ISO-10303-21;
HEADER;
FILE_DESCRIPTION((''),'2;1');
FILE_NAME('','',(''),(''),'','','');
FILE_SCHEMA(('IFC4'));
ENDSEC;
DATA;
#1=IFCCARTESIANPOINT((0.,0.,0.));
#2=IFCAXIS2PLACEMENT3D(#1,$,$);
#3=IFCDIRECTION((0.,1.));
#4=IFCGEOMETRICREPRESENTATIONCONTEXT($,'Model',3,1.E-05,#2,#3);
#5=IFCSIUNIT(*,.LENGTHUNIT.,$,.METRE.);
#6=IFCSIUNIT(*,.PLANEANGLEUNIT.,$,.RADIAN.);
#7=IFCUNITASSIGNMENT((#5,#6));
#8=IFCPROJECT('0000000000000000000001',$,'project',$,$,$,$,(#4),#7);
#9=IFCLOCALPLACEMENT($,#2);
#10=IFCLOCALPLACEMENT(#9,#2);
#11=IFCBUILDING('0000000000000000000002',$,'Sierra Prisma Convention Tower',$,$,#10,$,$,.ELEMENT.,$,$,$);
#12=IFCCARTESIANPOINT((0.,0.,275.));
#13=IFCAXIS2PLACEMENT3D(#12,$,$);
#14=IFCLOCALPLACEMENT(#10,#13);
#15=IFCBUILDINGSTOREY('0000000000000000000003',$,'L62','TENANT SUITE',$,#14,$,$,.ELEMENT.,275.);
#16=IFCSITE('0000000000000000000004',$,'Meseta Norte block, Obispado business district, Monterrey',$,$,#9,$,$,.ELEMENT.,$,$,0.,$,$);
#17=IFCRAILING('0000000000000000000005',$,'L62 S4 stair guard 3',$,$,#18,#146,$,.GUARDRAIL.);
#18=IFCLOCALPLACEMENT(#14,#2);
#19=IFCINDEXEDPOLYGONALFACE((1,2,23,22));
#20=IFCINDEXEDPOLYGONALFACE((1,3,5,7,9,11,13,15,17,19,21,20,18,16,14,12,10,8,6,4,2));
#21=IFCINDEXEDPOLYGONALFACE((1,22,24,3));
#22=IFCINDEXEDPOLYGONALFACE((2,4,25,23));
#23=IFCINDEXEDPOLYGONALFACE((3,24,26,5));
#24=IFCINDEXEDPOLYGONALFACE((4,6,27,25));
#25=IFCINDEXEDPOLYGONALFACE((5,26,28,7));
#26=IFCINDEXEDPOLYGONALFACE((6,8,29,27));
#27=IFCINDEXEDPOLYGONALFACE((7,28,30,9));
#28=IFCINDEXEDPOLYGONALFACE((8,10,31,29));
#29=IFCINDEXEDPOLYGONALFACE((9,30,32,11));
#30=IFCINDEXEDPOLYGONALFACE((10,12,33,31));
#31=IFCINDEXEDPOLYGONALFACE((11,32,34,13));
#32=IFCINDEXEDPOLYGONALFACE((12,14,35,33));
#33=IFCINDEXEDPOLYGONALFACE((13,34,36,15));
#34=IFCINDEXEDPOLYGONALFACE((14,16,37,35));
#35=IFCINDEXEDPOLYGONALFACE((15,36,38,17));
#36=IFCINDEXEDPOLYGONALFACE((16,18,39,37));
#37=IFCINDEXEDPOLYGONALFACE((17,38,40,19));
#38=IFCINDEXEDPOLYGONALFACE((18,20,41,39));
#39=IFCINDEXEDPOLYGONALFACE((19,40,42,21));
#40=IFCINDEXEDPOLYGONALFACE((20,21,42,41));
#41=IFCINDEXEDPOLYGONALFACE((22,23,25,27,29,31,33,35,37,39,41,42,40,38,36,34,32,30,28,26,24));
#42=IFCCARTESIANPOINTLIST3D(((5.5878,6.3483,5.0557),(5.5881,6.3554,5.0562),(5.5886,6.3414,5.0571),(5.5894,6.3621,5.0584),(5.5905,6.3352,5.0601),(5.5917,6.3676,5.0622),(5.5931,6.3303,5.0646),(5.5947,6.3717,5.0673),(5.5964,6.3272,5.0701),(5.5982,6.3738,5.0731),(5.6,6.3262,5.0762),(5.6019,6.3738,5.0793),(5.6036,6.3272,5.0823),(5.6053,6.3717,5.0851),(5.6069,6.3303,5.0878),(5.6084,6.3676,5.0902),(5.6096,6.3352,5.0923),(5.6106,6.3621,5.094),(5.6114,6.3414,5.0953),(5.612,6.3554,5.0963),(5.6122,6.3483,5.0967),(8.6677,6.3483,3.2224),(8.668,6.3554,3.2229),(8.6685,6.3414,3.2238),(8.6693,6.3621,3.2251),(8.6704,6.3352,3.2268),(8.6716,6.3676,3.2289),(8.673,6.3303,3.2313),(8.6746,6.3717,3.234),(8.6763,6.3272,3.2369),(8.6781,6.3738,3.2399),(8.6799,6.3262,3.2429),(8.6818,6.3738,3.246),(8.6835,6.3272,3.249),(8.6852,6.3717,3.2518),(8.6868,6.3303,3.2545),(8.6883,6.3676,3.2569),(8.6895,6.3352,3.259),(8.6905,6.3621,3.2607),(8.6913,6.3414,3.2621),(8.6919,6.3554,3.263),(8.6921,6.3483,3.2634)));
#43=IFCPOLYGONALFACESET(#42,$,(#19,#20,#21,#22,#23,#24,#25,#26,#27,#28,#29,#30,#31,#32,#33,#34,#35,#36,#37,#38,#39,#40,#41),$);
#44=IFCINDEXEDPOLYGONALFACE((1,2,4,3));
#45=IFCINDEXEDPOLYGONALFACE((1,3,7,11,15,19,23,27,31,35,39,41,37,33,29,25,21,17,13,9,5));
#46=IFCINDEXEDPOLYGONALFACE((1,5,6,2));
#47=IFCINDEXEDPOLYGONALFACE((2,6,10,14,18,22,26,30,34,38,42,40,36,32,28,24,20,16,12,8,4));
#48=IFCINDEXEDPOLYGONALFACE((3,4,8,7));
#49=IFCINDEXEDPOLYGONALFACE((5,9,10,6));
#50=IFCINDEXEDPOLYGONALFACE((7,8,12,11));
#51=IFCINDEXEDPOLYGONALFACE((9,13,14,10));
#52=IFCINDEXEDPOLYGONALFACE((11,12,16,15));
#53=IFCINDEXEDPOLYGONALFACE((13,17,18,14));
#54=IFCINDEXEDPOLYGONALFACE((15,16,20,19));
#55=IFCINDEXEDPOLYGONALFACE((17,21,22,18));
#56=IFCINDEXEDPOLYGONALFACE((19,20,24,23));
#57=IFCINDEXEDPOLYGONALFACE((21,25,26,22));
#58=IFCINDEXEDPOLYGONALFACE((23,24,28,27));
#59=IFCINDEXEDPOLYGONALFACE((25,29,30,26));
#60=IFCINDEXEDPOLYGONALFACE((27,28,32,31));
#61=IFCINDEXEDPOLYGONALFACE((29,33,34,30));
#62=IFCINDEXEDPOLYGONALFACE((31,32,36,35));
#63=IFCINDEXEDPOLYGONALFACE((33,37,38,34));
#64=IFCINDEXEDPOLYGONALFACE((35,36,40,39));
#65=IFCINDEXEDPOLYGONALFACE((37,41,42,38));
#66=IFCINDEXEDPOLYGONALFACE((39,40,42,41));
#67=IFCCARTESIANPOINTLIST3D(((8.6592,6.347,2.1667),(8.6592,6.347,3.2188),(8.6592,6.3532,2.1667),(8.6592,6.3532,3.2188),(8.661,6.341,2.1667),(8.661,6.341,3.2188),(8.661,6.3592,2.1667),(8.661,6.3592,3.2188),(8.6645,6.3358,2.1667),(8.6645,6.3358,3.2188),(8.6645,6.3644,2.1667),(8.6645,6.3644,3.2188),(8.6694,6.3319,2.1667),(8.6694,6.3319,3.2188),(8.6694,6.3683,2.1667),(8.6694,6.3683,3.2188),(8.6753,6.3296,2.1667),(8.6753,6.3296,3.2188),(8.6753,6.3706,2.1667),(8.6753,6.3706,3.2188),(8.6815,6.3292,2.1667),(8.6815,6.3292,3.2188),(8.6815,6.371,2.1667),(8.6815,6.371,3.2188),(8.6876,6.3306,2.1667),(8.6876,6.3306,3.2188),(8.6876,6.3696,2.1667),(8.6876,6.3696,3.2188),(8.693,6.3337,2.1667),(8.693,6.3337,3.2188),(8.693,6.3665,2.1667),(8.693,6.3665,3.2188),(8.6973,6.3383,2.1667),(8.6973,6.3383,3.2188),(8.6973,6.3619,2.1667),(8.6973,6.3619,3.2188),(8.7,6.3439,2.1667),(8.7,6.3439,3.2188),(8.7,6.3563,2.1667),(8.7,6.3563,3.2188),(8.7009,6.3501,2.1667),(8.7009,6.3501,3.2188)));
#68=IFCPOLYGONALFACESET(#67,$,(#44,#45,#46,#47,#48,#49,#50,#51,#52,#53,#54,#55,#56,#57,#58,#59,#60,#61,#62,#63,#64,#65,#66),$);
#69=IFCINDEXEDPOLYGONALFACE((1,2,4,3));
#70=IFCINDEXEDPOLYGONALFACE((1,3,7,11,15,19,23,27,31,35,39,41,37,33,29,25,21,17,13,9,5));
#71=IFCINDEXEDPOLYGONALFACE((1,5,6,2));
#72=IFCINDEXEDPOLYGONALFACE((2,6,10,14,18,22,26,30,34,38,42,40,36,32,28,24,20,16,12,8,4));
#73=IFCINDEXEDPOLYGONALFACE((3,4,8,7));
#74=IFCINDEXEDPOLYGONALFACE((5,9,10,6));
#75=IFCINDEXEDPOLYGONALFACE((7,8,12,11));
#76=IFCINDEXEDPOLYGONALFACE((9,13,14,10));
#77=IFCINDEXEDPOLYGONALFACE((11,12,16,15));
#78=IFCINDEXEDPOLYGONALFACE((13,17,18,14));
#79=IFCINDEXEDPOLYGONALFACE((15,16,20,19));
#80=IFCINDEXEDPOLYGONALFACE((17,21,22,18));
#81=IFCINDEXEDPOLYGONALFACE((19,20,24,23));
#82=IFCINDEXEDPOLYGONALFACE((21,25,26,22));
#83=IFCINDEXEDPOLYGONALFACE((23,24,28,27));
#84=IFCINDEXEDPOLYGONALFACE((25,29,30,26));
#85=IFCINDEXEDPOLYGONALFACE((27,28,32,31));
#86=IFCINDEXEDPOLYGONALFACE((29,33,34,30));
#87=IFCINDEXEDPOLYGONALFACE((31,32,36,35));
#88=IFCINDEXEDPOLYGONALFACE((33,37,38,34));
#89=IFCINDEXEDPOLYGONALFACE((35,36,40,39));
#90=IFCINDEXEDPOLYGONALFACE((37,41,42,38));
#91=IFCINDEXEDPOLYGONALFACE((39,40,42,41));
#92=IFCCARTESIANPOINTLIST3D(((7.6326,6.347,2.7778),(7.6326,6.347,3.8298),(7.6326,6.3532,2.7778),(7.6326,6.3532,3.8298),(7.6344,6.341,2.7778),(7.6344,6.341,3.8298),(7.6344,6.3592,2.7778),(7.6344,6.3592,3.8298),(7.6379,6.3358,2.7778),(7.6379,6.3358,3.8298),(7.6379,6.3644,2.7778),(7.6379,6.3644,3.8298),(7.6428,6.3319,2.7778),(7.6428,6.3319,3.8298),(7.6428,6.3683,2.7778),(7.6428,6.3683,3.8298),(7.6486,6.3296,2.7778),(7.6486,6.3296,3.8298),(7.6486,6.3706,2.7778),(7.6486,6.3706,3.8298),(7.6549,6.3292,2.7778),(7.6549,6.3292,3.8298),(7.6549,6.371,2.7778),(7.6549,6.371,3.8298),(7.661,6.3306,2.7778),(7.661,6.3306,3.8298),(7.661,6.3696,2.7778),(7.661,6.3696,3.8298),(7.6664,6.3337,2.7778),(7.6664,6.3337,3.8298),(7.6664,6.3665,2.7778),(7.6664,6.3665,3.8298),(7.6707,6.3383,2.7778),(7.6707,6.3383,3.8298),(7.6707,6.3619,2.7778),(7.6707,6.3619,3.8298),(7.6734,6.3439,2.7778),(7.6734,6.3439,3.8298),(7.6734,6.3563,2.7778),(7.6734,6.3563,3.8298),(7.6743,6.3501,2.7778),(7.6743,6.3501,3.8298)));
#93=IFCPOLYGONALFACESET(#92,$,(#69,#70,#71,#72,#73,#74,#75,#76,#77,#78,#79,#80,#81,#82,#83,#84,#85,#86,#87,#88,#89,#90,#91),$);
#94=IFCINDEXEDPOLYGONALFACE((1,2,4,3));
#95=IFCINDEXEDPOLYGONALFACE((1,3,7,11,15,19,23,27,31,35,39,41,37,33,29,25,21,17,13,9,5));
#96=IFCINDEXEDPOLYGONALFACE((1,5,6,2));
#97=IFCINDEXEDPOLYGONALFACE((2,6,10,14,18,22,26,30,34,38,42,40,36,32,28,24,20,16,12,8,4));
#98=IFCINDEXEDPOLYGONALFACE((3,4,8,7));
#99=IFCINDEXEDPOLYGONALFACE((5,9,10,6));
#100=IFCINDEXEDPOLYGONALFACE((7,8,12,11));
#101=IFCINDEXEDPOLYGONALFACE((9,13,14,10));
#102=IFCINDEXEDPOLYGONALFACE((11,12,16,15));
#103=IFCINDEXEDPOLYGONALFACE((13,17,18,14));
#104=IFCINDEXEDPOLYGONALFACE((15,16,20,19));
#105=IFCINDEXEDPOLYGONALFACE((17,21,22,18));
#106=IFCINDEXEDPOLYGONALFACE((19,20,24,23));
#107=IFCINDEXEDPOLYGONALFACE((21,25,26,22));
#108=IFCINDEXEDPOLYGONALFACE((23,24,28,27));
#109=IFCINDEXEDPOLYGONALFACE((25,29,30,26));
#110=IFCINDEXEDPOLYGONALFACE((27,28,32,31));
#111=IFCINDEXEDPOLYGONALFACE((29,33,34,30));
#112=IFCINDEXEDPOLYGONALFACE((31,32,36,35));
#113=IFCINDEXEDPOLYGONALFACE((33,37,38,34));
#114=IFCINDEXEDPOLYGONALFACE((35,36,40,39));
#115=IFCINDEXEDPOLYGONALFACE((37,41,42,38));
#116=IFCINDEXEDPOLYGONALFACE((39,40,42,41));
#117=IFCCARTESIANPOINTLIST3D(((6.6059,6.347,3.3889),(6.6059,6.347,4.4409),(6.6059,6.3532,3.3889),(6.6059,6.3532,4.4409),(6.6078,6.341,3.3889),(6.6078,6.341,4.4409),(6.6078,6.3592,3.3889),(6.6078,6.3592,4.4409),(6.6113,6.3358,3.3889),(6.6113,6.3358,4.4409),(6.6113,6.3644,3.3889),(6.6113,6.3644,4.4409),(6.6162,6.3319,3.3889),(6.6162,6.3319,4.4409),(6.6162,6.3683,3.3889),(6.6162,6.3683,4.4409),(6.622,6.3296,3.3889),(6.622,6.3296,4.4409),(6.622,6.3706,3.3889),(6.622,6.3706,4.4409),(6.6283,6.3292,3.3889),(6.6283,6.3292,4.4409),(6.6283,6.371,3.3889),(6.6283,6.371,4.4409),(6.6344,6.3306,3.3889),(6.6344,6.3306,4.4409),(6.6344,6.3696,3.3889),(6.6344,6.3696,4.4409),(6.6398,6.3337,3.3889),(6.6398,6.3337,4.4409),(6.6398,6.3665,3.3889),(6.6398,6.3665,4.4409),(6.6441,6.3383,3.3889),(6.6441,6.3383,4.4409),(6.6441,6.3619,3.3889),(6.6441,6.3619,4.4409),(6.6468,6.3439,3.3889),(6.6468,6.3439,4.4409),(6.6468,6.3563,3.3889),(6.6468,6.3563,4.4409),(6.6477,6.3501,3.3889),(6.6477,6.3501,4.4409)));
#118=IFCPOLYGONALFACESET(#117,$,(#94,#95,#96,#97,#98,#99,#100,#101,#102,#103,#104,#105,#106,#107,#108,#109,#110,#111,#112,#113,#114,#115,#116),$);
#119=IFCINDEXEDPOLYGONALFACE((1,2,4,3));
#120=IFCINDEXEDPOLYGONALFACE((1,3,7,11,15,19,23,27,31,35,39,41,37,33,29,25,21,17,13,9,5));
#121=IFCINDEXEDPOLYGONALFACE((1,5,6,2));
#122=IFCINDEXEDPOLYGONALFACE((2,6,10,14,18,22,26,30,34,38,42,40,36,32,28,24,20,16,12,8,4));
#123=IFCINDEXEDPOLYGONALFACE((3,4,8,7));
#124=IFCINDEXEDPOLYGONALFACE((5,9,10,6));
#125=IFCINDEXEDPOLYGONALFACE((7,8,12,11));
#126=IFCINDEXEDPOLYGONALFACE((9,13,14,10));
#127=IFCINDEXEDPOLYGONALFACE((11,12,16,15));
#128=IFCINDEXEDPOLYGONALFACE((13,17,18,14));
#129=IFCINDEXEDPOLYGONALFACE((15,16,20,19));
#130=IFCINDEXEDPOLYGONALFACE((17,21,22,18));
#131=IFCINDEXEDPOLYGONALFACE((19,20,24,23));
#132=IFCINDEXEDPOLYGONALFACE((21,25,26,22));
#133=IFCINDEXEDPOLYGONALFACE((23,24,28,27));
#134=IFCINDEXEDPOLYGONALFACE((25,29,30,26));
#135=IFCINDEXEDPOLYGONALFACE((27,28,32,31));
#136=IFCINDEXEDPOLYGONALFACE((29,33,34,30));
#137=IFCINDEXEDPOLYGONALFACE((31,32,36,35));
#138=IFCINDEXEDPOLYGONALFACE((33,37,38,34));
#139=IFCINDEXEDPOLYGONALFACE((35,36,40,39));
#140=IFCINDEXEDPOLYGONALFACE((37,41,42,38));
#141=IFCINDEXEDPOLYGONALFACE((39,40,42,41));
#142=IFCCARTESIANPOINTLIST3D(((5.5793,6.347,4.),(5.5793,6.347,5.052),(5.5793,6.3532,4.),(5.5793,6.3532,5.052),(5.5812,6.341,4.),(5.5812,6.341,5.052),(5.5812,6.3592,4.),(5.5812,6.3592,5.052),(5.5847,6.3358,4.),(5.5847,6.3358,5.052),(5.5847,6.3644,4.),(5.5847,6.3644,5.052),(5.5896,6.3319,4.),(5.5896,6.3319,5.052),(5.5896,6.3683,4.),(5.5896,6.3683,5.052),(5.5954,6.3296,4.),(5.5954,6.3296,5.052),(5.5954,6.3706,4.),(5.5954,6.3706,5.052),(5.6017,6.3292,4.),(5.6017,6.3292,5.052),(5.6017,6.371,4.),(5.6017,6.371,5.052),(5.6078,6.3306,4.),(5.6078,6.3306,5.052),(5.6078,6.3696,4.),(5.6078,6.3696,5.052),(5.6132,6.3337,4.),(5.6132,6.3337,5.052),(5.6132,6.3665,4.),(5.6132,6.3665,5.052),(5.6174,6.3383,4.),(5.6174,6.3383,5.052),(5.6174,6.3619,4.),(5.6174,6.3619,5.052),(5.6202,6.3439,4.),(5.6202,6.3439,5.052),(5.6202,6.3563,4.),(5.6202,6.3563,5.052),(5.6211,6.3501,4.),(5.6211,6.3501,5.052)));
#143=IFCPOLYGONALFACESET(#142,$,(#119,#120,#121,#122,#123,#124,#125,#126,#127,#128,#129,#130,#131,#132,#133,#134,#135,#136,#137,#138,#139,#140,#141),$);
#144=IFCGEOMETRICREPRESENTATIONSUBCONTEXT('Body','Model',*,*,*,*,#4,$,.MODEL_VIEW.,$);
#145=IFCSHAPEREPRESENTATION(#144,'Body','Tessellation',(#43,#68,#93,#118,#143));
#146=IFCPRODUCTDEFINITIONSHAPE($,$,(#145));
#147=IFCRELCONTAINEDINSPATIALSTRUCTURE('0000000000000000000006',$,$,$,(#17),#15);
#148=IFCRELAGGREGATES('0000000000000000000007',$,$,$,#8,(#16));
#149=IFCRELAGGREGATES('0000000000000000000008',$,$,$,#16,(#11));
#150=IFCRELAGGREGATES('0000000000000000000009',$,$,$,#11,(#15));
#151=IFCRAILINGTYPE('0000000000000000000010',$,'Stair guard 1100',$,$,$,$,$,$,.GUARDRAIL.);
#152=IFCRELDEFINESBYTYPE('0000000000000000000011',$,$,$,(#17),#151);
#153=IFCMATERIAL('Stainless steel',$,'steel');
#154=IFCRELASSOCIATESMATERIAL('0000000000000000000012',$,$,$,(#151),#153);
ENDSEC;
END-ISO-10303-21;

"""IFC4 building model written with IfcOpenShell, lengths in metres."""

from ifc_helpers import new_model, si_unit, direction, frame, origin, origin_2d, place, context, subcontext, project, spatial, circle, extrude, material, type_object, element, save


model = new_model("IFC4")

# Units and contexts
model_context = context("Model", 3, precision=1e-05, world=origin(), true_north=direction((0.0, 1.0)))
body_context = subcontext(model_context, "Body", "Model", "MODEL_VIEW")
ifc_project = project(units=[si_unit("LENGTHUNIT", "METRE"), si_unit("PLANEANGLEUNIT", "RADIAN")], contexts=[model_context])

# Site, building, storey
site_placement = place(None, origin())
site = spatial("IfcSite", under=ifc_project, at=site_placement, Name="Meseta Norte block, Obispado business district, Monterrey", CompositionType="ELEMENT", RefElevation=0.0)
building_placement = place(site_placement, origin())
building = spatial("IfcBuilding", under=site, at=building_placement, Name="Sierra Prisma Convention Tower", CompositionType="ELEMENT")
storey_placement = place(building_placement, frame((0.0, 0.0, 275.0)))
storey = spatial("IfcBuildingStorey", under=building, at=storey_placement, Name="L62", Description="TENANT SUITE", CompositionType="ELEMENT", Elevation=275.0)

# Railing
ifc_material_1 = material(Name="Stainless steel", Category="steel")
railing_type_1 = type_object("IfcRailingType", Name="Stair guard 1100", PredefinedType="GUARDRAIL", material=ifc_material_1)
railing_1_placement = place(storey_placement, frame((8.6799, 6.3501, 2.1667)))
element("IfcRailing", 1, at=railing_1_placement, inside=storey, type_object=railing_type_1, Name="L62 S4 stair guard 3", PredefinedType="GUARDRAIL", context=body_context, shape_type="SweptSolid", body=[
    extrude(circle(Radius=0.0239, at=origin_2d()), frame((0.0, 0.0, 1.0762), z_axis=(-0.859291, 0.0, 0.511487), x_axis=(0.0, -1.0, 0.0)), (0.0, 0.0, 1.0), 3.5842),
    extrude(circle(Radius=0.021, at=origin_2d()), origin(), (0.0, 0.0, 1.0), 1.052),
    extrude(circle(Radius=0.021, at=origin_2d()), frame((-1.0266, 0.0, 0.6111)), (0.0, 0.0, 1.0), 1.052),
    extrude(circle(Radius=0.021, at=origin_2d()), frame((-2.0532, 0.0, 1.2222)), (0.0, 0.0, 1.0), 1.052),
    extrude(circle(Radius=0.021, at=origin_2d()), frame((-3.0798, 0.0, 1.8333)), (0.0, 0.0, 1.0), 1.052),
])

save(model, "model.ifc")
